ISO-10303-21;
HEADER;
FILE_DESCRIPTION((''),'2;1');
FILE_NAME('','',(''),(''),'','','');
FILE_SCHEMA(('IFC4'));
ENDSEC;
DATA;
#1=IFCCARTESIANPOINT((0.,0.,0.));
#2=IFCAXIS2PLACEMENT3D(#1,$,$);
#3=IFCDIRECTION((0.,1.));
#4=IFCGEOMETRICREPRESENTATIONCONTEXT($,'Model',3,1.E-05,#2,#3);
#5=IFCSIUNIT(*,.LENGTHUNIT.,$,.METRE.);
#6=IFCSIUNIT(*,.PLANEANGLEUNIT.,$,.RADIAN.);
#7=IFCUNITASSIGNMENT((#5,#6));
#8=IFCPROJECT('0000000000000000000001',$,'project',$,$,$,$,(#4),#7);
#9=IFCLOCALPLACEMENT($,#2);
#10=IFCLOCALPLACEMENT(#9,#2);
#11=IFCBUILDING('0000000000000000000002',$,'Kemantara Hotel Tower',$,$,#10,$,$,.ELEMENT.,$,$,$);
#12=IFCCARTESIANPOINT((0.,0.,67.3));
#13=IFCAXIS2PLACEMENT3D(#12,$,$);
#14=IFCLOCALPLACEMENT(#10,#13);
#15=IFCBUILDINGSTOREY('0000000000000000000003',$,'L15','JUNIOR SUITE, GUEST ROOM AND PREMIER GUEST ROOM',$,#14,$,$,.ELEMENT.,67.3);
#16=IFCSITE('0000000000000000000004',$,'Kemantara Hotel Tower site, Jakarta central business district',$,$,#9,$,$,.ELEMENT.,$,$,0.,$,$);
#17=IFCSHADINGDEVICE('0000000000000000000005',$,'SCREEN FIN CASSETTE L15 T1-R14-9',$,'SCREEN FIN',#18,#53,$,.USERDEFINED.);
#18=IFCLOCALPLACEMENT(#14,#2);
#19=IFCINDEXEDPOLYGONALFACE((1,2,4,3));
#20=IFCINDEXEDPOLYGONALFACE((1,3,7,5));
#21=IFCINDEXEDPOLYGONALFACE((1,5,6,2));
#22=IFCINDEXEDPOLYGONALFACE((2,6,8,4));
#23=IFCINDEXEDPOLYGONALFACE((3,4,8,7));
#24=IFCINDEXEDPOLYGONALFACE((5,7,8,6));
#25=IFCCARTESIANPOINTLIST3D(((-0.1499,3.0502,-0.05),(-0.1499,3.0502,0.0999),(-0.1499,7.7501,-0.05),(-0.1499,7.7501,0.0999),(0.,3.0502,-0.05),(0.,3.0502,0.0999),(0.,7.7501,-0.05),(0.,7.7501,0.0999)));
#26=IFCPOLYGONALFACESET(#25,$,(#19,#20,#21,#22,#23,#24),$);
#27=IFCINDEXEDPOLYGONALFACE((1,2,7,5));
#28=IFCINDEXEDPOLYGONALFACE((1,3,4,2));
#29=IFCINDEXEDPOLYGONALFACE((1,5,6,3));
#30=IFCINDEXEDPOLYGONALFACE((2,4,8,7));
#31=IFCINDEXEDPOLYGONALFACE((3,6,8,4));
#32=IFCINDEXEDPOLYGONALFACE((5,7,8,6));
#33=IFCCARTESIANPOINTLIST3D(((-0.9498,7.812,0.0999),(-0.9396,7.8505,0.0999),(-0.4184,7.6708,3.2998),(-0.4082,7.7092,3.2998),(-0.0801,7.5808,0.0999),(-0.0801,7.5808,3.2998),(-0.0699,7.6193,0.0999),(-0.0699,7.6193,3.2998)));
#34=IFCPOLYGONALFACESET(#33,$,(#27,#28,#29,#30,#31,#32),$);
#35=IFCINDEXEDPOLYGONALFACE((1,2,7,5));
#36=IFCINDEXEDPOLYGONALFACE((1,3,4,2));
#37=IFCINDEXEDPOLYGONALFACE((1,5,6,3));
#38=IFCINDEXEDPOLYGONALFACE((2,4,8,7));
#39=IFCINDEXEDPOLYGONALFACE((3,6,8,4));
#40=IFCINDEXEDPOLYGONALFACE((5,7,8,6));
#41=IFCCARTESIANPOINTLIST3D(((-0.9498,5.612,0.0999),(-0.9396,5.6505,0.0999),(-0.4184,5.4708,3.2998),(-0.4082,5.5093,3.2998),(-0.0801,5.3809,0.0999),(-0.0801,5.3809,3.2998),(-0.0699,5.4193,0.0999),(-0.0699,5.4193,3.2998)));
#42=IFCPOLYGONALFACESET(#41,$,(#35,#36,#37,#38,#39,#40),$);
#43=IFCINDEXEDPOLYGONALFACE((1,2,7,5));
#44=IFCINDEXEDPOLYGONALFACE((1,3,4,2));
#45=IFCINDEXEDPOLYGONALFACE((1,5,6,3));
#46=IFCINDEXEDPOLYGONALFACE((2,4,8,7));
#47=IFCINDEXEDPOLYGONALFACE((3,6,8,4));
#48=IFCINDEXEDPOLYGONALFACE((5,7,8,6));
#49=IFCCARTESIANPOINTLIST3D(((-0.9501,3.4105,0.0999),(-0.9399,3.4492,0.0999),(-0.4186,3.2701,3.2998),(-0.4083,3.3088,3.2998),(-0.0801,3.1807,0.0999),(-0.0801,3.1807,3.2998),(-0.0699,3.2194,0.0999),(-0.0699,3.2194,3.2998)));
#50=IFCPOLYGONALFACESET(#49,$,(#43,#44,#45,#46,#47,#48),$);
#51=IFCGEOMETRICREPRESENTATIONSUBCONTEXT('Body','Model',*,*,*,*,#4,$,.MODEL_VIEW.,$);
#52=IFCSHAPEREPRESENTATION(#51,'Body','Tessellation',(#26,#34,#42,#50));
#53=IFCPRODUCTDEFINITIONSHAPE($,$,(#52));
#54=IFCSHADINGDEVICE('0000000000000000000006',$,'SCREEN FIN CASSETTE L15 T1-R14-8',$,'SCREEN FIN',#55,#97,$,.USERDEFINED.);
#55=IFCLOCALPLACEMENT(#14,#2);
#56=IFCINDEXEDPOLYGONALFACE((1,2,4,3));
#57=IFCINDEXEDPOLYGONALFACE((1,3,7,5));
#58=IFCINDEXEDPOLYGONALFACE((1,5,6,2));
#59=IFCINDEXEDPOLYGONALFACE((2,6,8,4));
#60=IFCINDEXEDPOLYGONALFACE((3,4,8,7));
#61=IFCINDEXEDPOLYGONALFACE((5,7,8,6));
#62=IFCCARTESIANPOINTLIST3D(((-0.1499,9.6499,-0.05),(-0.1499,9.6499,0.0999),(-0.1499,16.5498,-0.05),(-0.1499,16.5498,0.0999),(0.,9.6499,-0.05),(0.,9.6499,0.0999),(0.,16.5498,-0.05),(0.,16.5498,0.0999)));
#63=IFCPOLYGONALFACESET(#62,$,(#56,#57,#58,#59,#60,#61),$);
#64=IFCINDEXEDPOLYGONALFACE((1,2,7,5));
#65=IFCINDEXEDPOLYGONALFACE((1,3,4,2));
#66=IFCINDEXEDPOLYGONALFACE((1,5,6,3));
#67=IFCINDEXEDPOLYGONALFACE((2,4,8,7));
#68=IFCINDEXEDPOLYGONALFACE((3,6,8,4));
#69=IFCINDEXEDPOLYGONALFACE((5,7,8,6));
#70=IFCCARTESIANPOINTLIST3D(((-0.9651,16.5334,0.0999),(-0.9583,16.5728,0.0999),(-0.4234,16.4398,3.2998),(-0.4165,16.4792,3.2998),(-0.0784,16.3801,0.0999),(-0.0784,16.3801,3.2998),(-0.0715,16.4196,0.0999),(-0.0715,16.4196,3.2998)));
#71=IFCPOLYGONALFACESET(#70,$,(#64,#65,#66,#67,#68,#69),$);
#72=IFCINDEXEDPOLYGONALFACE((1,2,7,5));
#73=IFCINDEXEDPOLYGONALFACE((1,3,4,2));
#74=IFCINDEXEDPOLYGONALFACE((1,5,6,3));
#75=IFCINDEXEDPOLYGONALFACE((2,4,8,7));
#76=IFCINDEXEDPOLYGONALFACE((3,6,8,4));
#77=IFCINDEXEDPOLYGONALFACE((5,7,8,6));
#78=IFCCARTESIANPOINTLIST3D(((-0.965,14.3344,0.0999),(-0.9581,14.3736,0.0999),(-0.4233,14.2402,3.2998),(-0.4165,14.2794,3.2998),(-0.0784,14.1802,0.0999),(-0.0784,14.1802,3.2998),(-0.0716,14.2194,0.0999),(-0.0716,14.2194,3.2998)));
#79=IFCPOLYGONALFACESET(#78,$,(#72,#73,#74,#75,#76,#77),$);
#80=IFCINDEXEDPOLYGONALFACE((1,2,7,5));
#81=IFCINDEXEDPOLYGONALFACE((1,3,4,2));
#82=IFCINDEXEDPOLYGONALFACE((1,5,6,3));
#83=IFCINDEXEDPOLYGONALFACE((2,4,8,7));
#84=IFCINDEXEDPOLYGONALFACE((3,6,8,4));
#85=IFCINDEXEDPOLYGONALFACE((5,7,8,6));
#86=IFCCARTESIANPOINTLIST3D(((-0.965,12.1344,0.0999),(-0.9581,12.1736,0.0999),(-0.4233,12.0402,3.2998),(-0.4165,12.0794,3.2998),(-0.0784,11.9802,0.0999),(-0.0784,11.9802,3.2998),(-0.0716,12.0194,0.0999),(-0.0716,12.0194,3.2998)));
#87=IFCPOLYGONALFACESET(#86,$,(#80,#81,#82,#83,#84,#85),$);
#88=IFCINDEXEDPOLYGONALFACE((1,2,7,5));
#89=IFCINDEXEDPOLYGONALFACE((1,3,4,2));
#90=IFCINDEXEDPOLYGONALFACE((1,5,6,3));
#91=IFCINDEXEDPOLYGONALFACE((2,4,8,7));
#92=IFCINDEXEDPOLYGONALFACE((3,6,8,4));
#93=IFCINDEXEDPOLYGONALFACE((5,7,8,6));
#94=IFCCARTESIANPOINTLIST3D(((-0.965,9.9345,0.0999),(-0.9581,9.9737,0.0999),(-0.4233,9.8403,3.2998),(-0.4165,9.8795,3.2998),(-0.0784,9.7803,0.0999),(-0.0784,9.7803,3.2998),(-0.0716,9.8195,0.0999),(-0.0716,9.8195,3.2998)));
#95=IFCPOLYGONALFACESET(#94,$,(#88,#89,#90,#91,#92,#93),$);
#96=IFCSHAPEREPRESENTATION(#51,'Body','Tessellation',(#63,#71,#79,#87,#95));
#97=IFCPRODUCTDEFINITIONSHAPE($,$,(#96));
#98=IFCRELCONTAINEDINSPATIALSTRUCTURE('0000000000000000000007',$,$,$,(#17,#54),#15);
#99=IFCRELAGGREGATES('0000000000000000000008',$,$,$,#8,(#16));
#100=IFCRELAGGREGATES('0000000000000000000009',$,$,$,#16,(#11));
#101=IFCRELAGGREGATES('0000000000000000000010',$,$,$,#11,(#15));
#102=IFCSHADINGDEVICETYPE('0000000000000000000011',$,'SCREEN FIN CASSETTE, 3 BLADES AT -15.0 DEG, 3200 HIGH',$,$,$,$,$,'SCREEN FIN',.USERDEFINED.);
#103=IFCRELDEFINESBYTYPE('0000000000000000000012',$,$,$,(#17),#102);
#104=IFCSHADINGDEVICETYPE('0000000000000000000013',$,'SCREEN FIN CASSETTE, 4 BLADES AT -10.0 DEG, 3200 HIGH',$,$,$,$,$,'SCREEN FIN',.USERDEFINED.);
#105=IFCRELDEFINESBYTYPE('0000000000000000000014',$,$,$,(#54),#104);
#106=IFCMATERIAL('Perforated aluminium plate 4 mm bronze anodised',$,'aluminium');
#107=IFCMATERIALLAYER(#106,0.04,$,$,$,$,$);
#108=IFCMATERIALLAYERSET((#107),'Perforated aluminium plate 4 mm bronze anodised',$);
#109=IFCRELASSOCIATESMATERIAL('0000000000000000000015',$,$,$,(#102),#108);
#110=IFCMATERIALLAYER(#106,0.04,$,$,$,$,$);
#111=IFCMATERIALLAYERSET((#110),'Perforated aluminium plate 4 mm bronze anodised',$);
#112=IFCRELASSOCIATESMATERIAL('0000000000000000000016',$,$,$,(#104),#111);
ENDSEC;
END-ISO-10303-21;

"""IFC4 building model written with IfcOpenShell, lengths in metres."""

from ifc_helpers import new_model, si_unit, direction, frame, origin, origin_2d, place, context, subcontext, project, spatial, polyline, rectangle, outline, extrude, source, transform, mapped, material, layer, layer_set, type_object, element, save


model = new_model("IFC4")

# Units and contexts
model_context = context("Model", 3, precision=1e-05, world=origin(), true_north=direction((0.0, 1.0)))
body_context = subcontext(model_context, "Body", "Model", "MODEL_VIEW")
ifc_project = project(units=[si_unit("LENGTHUNIT", "METRE"), si_unit("PLANEANGLEUNIT", "RADIAN")], contexts=[model_context])

# Site, building, storey
site_placement = place(None, origin())
site = spatial("IfcSite", under=ifc_project, at=site_placement, Name="Kemantara Hotel Tower site, Jakarta central business district", CompositionType="ELEMENT", RefElevation=0.0)
building_placement = place(site_placement, origin())
building = spatial("IfcBuilding", under=site, at=building_placement, Name="Kemantara Hotel Tower", CompositionType="ELEMENT")
storey_placement = place(building_placement, frame((0.0, 0.0, 67.3)))
storey = spatial("IfcBuildingStorey", under=building, at=storey_placement, Name="L15", Description="JUNIOR SUITE, GUEST ROOM AND PREMIER GUEST ROOM", CompositionType="ELEMENT", Elevation=67.3)

# Shading devices
ifc_material_1 = material(Name="Perforated aluminium plate 4 mm bronze anodised", Category="aluminium")
ifc_layer_1 = layer(ifc_material_1, 0.04)
ifc_layer_set_1 = layer_set([ifc_layer_1], Name="Perforated aluminium plate 4 mm bronze anodised")
shading_device_type_1 = type_object("IfcShadingDeviceType", Name="SCREEN FIN CASSETTE, 3 BLADES AT -15.0 DEG, 3200 HIGH", ElementType="SCREEN FIN", PredefinedType="USERDEFINED", material=ifc_layer_set_1)
shared_shape_1 = source(origin(), body_context, "Body", "SweptSolid", [
    extrude(rectangle(XDim=4.7, YDim=0.1499, at=origin_2d()), frame((2.2, -0.075, -0.1499), z_axis=(0.0, 0.0, 1.0), x_axis=(1.0, 0.0, 0.0)), (0.0, 0.0, 1.0), 0.1499),
    extrude(outline(polyline([(0.0, 0.0), (0.8999, 0.0), (0.3501, 3.2), (0.0, 3.2), (0.0, 0.0)])), frame((0.0193, -0.0801, 0.0), z_axis=(-0.966438, 0.256901, 0.0), x_axis=(-0.256901, -0.966438, 0.0)), (0.0, 0.0, 1.0), 0.0398),
    extrude(outline(polyline([(0.0, 0.0), (0.8999, 0.0), (0.3501, 3.2), (0.0, 3.2), (0.0, 0.0)])), frame((2.2192, -0.0801, 0.0), z_axis=(-0.966438, 0.256901, 0.0), x_axis=(-0.256901, -0.966438, 0.0)), (0.0, 0.0, 1.0), 0.0398),
    extrude(outline(polyline([(0.0, 0.0), (0.8999, 0.0), (0.3501, 3.2), (0.0, 3.2), (0.0, 0.0)])), frame((4.4194, -0.0801, 0.0), z_axis=(-0.966838, 0.255391, 0.0), x_axis=(-0.255391, -0.966838, 0.0)), (0.0, 0.0, 1.0), 0.04),
])
shading_device_1_placement = place(storey_placement, frame((0.0, 7.6001, 0.0999), z_axis=(0.0, 0.0, 1.0), x_axis=(0.0, -1.0, 0.0)))
element("IfcShadingDevice", 1, at=shading_device_1_placement, inside=storey, type_object=shading_device_type_1, Name="SCREEN FIN CASSETTE L15 T1-R14-9", ObjectType="SCREEN FIN", PredefinedType="USERDEFINED", context=body_context, shape_type="MappedRepresentation", body=[
    mapped(shared_shape_1, transform((0.0, 0.0, 0.0))),
])
ifc_layer_2 = layer(ifc_material_1, 0.04)
ifc_layer_set_2 = layer_set([ifc_layer_2], Name="Perforated aluminium plate 4 mm bronze anodised")
shading_device_type_2 = type_object("IfcShadingDeviceType", Name="SCREEN FIN CASSETTE, 4 BLADES AT -10.0 DEG, 3200 HIGH", ElementType="SCREEN FIN", PredefinedType="USERDEFINED", material=ifc_layer_set_2)
shared_shape_2 = source(origin(), body_context, "Body", "SweptSolid", [
    extrude(rectangle(XDim=6.8999, YDim=0.1499, at=origin_2d()), frame((3.3, -0.075, -0.1499), z_axis=(0.0, 0.0, 1.0), x_axis=(1.0, 0.0, 0.0)), (0.0, 0.0, 1.0), 0.1499),
    extrude(outline(polyline([(0.0, 0.0), (0.8999, 0.0), (0.3501, 3.2), (0.0, 3.2), (0.0, 0.0)])), frame((0.0198, -0.0784, 0.0), z_axis=(-0.98539, 0.170314, 0.0), x_axis=(-0.170314, -0.98539, 0.0)), (0.0, 0.0, 1.0), 0.04),
    extrude(outline(polyline([(0.0, 0.0), (0.8999, 0.0), (0.3501, 3.2), (0.0, 3.2), (0.0, 0.0)])), frame((2.2197, -0.0784, 0.0), z_axis=(-0.985212, 0.171341, 0.0), x_axis=(-0.171341, -0.985212, 0.0)), (0.0, 0.0, 1.0), 0.0398),
    extrude(outline(polyline([(0.0, 0.0), (0.8999, 0.0), (0.3501, 3.2), (0.0, 3.2), (0.0, 0.0)])), frame((4.4197, -0.0784, 0.0), z_axis=(-0.985212, 0.171341, 0.0), x_axis=(-0.171341, -0.985212, 0.0)), (0.0, 0.0, 1.0), 0.0398),
    extrude(outline(polyline([(0.0, 0.0), (0.8999, 0.0), (0.3501, 3.2), (0.0, 3.2), (0.0, 0.0)])), frame((6.6196, -0.0784, 0.0), z_axis=(-0.985212, 0.171341, 0.0), x_axis=(-0.171341, -0.985212, 0.0)), (0.0, 0.0, 1.0), 0.0398),
])
shading_device_2_placement = place(storey_placement, frame((0.0, 16.3999, 0.0999), z_axis=(0.0, 0.0, 1.0), x_axis=(0.0, -1.0, 0.0)))
element("IfcShadingDevice", 2, at=shading_device_2_placement, inside=storey, type_object=shading_device_type_2, Name="SCREEN FIN CASSETTE L15 T1-R14-8", ObjectType="SCREEN FIN", PredefinedType="USERDEFINED", context=body_context, shape_type="MappedRepresentation", body=[
    mapped(shared_shape_2, transform((0.0, 0.0, 0.0))),
])

save(model, "model.ifc")
